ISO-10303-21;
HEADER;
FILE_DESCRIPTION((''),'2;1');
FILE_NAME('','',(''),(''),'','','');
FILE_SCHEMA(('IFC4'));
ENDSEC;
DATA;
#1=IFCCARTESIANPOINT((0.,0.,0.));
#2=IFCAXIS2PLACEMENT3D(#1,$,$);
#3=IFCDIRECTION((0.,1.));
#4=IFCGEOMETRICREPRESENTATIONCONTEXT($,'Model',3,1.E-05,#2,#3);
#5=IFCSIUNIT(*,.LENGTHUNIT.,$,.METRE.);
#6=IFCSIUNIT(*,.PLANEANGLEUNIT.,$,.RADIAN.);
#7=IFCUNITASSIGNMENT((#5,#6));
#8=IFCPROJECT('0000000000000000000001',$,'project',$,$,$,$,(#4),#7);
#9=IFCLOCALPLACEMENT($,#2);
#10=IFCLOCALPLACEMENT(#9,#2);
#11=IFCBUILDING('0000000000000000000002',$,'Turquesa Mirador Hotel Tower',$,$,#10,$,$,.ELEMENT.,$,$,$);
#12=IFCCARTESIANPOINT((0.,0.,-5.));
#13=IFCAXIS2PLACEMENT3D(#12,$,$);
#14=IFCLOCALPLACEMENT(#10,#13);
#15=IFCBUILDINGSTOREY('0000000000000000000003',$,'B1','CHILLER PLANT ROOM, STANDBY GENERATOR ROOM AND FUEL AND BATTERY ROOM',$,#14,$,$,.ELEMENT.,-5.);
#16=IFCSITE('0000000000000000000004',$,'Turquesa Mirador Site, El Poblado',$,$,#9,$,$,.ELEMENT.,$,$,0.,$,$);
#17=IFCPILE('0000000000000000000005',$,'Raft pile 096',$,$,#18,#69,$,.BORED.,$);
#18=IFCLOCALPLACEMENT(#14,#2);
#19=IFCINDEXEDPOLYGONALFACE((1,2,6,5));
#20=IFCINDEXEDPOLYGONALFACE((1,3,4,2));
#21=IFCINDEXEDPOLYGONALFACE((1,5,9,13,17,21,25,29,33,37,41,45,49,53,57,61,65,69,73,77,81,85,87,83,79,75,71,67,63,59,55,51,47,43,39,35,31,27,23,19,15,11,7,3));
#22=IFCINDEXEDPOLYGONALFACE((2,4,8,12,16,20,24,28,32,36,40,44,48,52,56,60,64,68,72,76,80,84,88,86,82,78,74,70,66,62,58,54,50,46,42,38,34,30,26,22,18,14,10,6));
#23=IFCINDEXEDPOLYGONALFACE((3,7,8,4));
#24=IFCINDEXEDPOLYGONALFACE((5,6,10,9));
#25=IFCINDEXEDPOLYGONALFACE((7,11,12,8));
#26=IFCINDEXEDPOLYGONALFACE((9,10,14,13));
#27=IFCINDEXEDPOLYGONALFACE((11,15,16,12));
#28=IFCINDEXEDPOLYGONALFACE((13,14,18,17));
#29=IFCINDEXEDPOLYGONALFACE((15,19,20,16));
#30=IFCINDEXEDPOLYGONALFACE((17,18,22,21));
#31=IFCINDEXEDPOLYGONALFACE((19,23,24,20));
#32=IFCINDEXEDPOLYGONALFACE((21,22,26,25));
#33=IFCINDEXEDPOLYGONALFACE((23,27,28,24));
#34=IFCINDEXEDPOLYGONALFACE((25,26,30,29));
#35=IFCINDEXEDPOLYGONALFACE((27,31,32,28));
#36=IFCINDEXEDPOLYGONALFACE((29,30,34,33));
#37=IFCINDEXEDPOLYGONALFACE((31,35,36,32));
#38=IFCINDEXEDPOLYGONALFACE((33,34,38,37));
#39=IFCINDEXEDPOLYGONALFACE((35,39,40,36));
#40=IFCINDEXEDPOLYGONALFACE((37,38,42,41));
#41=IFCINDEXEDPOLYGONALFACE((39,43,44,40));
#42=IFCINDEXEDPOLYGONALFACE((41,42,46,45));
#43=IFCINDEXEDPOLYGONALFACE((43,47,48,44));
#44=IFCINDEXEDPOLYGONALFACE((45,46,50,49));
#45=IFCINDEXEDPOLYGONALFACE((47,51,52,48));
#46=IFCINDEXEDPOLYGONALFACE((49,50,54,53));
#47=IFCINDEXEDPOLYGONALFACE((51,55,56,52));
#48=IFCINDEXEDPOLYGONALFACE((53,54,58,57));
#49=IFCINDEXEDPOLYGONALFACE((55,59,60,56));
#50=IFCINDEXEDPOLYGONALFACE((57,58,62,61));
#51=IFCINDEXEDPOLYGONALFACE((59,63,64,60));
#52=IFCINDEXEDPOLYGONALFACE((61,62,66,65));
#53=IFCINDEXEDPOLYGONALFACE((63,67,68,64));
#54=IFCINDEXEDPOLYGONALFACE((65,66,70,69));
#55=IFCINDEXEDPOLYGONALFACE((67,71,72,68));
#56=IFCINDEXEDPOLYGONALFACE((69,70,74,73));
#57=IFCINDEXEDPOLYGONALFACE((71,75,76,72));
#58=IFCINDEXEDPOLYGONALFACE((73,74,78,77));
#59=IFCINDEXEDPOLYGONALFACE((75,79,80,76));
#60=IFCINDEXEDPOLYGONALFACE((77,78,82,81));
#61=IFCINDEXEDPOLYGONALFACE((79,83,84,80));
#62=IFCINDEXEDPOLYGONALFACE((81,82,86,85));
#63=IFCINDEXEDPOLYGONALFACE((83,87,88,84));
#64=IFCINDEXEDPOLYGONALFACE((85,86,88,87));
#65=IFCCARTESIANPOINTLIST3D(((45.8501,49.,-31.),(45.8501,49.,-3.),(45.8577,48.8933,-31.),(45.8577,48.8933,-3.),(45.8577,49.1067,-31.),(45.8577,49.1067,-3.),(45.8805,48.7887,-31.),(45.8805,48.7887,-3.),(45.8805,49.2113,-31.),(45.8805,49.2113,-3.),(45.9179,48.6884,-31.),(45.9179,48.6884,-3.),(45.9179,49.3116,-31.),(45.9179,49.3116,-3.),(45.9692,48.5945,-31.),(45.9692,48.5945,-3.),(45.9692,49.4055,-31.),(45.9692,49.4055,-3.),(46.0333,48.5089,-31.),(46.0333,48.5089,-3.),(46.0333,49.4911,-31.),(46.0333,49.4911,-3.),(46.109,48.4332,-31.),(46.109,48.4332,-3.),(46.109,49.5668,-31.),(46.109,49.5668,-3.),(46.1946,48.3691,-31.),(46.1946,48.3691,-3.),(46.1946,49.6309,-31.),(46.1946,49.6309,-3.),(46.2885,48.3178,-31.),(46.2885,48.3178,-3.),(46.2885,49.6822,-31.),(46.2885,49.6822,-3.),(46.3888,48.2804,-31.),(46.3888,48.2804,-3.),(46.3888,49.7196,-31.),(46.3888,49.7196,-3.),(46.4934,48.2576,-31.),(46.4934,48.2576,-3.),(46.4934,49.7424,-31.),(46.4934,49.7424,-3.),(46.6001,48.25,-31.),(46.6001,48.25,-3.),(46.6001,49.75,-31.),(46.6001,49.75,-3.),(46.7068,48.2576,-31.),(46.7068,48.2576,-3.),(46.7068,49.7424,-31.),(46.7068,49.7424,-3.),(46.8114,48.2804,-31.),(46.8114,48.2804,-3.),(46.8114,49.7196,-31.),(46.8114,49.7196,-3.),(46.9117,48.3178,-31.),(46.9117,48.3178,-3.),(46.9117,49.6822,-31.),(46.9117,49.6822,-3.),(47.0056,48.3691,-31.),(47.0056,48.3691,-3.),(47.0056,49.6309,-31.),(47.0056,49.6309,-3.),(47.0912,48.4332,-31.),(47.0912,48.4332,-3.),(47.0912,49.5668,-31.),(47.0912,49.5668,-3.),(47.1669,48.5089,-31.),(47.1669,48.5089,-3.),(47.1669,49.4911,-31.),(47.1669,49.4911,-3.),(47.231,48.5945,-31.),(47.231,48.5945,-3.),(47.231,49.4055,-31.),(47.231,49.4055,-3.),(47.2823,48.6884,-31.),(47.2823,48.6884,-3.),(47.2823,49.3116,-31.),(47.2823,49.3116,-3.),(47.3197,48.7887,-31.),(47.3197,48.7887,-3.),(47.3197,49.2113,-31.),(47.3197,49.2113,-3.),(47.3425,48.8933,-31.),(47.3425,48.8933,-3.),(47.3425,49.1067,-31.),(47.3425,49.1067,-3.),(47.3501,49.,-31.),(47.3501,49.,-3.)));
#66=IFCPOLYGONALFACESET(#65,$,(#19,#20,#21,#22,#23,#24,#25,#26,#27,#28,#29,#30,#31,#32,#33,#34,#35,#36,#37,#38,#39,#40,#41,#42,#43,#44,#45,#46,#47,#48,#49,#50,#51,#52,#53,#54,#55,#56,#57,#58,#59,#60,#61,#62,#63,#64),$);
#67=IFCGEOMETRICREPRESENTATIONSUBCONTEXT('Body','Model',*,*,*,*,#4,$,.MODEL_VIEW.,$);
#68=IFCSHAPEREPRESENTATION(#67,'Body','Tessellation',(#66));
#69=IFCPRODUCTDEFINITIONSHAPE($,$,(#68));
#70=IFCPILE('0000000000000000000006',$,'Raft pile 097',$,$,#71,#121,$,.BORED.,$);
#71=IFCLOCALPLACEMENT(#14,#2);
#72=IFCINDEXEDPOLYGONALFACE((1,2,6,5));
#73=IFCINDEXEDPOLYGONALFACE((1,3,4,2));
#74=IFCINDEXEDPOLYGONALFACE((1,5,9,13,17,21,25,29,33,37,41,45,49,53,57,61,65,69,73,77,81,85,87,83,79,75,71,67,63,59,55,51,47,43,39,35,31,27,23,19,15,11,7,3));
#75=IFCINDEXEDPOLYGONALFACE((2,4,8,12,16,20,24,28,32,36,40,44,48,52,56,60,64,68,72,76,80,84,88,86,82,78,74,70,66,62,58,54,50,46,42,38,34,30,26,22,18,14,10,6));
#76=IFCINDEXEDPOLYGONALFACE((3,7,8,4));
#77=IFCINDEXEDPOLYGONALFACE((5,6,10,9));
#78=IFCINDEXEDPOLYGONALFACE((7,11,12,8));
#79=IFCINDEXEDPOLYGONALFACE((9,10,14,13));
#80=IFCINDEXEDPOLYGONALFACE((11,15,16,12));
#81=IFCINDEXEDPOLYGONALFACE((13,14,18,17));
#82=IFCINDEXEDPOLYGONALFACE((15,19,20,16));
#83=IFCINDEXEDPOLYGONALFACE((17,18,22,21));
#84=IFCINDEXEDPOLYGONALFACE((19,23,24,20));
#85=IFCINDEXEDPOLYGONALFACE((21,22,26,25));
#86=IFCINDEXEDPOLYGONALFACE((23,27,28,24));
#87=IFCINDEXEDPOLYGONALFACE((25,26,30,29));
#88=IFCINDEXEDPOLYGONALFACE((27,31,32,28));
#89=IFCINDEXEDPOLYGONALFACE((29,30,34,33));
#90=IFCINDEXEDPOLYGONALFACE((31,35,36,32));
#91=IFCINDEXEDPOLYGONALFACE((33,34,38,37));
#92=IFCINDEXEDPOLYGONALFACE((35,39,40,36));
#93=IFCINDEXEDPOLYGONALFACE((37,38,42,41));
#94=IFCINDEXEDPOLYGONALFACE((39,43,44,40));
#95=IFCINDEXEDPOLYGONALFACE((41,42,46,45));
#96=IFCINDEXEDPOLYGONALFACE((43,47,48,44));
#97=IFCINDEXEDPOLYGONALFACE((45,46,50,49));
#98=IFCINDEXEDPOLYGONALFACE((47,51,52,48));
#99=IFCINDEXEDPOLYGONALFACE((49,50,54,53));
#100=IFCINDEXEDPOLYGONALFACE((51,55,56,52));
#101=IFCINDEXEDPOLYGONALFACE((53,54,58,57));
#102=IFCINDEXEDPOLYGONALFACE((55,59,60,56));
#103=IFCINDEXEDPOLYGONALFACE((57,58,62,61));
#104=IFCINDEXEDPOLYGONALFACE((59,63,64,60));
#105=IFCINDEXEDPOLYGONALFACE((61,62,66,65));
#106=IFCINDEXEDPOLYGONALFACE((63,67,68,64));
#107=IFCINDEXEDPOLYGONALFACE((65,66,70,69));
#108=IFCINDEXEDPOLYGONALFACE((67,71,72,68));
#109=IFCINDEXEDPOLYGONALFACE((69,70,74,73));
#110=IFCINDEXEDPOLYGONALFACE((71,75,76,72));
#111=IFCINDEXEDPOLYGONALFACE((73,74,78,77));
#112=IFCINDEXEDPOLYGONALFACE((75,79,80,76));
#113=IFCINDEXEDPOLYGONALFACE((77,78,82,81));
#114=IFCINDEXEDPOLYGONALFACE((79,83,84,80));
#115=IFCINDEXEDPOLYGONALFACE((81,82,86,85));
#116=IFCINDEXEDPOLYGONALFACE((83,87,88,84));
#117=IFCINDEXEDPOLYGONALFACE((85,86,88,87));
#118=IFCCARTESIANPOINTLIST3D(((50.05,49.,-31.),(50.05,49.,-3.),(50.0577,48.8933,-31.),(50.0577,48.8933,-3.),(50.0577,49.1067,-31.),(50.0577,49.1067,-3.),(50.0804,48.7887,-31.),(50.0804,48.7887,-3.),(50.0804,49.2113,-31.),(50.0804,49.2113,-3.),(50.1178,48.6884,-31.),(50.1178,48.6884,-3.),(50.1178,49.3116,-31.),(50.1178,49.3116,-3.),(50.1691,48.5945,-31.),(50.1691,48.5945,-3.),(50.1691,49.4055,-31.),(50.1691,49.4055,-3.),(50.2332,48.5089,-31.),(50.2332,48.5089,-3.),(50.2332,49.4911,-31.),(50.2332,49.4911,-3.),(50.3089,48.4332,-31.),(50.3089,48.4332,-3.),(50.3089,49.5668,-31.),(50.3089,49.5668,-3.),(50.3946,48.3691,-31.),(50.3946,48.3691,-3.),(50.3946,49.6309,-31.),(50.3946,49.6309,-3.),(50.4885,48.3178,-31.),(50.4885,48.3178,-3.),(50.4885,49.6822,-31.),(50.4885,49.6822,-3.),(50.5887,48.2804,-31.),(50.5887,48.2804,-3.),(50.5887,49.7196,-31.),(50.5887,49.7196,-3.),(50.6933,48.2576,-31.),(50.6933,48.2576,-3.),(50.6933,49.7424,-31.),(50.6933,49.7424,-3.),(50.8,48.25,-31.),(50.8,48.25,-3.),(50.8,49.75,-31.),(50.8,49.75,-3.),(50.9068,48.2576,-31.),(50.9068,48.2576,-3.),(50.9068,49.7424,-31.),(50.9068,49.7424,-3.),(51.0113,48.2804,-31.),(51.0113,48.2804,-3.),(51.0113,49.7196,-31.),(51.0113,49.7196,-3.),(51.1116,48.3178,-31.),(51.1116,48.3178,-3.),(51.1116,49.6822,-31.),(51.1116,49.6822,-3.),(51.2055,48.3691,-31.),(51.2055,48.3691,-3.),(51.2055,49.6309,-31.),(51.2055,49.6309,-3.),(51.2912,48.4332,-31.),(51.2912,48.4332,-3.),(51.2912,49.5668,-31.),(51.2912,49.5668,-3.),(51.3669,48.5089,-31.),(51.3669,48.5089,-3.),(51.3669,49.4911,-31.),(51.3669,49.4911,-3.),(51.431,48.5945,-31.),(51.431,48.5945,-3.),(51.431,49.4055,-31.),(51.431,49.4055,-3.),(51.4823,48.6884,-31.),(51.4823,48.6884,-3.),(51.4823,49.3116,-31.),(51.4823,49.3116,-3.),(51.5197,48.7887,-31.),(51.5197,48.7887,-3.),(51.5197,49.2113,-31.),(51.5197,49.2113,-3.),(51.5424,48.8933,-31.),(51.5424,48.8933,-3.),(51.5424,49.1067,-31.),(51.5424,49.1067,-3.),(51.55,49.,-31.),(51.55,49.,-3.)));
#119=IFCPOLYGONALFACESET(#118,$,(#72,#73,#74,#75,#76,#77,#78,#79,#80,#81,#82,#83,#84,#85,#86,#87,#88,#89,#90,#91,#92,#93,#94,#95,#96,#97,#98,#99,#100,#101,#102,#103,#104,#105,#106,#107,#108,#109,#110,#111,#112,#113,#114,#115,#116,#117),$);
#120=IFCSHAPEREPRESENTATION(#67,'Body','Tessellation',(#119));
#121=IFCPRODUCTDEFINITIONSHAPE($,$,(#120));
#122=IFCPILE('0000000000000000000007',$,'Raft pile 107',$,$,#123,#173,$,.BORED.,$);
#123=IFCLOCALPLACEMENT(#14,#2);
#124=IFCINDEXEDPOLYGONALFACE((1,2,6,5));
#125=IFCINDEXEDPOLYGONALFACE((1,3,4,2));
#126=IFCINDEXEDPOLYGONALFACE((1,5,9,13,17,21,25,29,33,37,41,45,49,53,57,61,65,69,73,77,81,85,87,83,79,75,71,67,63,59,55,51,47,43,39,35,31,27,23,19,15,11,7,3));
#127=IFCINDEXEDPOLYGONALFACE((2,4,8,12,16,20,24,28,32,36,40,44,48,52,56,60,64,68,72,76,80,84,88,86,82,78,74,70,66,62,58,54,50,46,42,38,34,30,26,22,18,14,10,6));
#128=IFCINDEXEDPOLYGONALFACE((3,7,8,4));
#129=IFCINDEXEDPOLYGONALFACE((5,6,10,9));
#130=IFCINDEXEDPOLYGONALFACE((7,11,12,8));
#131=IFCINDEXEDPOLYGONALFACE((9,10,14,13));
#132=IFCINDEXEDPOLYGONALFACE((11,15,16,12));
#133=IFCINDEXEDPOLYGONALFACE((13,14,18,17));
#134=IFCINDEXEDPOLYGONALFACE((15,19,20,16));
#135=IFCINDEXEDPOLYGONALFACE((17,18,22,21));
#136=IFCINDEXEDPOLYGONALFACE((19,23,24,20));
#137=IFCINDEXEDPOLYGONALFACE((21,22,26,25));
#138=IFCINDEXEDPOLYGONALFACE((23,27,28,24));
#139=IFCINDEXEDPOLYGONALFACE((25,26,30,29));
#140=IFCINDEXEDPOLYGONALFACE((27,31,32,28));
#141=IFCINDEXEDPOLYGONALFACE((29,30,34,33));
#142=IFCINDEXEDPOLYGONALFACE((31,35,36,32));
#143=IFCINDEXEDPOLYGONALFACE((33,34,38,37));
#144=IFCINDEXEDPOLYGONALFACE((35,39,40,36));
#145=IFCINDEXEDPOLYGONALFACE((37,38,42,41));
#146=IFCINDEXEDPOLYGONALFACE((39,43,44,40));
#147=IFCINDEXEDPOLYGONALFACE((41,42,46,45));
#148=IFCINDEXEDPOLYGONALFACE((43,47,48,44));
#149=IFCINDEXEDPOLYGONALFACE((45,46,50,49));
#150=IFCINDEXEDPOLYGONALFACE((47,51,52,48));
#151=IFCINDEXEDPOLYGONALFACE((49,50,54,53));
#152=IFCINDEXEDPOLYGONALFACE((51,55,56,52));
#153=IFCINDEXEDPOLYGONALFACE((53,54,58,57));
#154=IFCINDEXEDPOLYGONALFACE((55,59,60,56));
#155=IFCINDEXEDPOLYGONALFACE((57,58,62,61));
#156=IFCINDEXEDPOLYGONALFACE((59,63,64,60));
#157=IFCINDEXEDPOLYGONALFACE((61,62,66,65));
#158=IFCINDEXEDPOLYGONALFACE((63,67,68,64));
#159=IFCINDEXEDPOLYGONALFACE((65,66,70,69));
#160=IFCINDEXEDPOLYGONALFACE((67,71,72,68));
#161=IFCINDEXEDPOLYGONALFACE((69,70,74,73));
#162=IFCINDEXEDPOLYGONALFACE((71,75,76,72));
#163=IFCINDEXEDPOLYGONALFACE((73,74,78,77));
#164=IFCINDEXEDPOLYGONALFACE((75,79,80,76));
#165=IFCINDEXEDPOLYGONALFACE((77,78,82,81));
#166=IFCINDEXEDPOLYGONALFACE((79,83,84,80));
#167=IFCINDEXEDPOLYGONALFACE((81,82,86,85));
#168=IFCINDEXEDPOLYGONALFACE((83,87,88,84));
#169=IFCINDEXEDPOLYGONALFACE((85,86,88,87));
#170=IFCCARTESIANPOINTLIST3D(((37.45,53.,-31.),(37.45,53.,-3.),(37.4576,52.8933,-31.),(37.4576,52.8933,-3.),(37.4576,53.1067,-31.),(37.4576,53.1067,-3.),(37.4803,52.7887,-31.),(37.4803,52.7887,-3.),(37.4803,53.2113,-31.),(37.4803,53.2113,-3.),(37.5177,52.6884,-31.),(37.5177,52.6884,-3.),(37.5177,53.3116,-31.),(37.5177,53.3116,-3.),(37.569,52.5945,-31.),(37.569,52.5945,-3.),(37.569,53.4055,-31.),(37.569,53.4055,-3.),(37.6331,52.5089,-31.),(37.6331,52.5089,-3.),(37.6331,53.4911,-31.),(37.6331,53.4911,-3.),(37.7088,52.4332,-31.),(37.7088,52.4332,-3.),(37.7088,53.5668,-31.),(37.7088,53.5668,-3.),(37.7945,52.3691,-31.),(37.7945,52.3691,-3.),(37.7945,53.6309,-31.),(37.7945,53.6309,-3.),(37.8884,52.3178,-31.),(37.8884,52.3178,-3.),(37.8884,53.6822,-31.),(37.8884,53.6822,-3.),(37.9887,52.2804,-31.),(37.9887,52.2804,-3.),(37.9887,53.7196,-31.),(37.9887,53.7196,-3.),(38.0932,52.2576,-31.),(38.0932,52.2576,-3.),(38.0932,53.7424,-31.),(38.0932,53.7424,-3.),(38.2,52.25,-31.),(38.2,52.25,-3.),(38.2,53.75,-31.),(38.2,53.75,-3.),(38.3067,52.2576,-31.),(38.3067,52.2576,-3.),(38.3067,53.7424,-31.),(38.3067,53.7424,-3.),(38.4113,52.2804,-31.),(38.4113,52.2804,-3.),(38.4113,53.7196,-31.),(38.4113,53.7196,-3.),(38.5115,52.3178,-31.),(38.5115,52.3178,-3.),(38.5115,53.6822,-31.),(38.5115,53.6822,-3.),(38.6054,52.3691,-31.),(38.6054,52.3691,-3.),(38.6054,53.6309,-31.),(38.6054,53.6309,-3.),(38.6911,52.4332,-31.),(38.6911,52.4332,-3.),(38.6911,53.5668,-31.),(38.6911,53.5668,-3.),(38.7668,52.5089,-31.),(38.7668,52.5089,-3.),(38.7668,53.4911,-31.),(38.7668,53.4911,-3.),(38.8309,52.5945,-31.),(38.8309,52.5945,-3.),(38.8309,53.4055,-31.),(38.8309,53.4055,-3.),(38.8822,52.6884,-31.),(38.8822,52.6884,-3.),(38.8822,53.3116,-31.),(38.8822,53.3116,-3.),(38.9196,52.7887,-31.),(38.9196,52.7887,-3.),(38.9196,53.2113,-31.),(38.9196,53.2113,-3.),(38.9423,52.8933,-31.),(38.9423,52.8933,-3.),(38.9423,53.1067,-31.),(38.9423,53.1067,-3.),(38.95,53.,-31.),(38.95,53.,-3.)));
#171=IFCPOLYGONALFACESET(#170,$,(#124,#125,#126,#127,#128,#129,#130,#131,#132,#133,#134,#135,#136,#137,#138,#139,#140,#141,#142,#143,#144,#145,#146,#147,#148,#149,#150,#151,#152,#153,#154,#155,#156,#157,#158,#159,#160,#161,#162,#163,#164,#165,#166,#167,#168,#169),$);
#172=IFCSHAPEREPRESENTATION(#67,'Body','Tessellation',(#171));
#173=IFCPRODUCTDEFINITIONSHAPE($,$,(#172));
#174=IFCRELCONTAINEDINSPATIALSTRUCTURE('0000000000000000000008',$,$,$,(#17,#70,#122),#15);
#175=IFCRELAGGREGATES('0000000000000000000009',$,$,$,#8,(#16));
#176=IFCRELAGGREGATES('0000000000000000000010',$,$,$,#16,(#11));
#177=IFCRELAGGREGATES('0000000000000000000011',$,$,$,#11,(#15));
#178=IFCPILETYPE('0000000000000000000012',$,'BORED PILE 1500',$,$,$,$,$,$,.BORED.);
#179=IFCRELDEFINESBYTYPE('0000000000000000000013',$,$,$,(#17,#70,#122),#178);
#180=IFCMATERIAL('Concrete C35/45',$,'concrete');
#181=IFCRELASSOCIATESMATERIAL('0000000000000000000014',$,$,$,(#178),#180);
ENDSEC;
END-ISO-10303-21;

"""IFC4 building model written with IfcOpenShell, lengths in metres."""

from ifc_helpers import new_model, si_unit, direction, frame, origin, origin_2d, place, context, subcontext, project, spatial, circle, extrude, material, type_object, element, save


model = new_model("IFC4")

# Units and contexts
model_context = context("Model", 3, precision=1e-05, world=origin(), true_north=direction((0.0, 1.0)))
body_context = subcontext(model_context, "Body", "Model", "MODEL_VIEW")
ifc_project = project(units=[si_unit("LENGTHUNIT", "METRE"), si_unit("PLANEANGLEUNIT", "RADIAN")], contexts=[model_context])

# Site, building, storey
site_placement = place(None, origin())
site = spatial("IfcSite", under=ifc_project, at=site_placement, Name="Turquesa Mirador Site, El Poblado", CompositionType="ELEMENT", RefElevation=0.0)
building_placement = place(site_placement, origin())
building = spatial("IfcBuilding", under=site, at=building_placement, Name="Turquesa Mirador Hotel Tower", CompositionType="ELEMENT")
storey_placement = place(building_placement, frame((0.0, 0.0, -5.0)))
storey = spatial("IfcBuildingStorey", under=building, at=storey_placement, Name="B1", Description="CHILLER PLANT ROOM, STANDBY GENERATOR ROOM AND FUEL AND BATTERY ROOM", CompositionType="ELEMENT", Elevation=-5.0)

# Piles
ifc_material_1 = material(Name="Concrete C35/45", Category="concrete")
pile_type = type_object("IfcPileType", Name="BORED PILE 1500", PredefinedType="BORED", material=ifc_material_1)
for number, where, z_axis, x_axis, name in (
    (1, (46.6001, 49.0, -3.0), (0.0, 0.0, -1.0), (1.0, 0.0, 0.0), "Raft pile 096"),
    (2, (50.8, 49.0, -3.0), (0.0, 0.0, -1.0), (1.0, 0.0, 0.0), "Raft pile 097"),
    (3, (38.2, 53.0, -3.0), (0.0, 0.0, -1.0), (1.0, 0.0, 0.0), "Raft pile 107"),
):
    element("IfcPile", number, at=place(storey_placement, frame(where, z_axis=z_axis, x_axis=x_axis)), inside=storey, type_object=pile_type, Name=name, PredefinedType="BORED", context=body_context, shape_type="SweptSolid", body=[
        extrude(circle(Radius=0.75, at=origin_2d()), origin(), (0.0, 0.0, 1.0), 28.0),
    ])

save(model, "model.ifc")
